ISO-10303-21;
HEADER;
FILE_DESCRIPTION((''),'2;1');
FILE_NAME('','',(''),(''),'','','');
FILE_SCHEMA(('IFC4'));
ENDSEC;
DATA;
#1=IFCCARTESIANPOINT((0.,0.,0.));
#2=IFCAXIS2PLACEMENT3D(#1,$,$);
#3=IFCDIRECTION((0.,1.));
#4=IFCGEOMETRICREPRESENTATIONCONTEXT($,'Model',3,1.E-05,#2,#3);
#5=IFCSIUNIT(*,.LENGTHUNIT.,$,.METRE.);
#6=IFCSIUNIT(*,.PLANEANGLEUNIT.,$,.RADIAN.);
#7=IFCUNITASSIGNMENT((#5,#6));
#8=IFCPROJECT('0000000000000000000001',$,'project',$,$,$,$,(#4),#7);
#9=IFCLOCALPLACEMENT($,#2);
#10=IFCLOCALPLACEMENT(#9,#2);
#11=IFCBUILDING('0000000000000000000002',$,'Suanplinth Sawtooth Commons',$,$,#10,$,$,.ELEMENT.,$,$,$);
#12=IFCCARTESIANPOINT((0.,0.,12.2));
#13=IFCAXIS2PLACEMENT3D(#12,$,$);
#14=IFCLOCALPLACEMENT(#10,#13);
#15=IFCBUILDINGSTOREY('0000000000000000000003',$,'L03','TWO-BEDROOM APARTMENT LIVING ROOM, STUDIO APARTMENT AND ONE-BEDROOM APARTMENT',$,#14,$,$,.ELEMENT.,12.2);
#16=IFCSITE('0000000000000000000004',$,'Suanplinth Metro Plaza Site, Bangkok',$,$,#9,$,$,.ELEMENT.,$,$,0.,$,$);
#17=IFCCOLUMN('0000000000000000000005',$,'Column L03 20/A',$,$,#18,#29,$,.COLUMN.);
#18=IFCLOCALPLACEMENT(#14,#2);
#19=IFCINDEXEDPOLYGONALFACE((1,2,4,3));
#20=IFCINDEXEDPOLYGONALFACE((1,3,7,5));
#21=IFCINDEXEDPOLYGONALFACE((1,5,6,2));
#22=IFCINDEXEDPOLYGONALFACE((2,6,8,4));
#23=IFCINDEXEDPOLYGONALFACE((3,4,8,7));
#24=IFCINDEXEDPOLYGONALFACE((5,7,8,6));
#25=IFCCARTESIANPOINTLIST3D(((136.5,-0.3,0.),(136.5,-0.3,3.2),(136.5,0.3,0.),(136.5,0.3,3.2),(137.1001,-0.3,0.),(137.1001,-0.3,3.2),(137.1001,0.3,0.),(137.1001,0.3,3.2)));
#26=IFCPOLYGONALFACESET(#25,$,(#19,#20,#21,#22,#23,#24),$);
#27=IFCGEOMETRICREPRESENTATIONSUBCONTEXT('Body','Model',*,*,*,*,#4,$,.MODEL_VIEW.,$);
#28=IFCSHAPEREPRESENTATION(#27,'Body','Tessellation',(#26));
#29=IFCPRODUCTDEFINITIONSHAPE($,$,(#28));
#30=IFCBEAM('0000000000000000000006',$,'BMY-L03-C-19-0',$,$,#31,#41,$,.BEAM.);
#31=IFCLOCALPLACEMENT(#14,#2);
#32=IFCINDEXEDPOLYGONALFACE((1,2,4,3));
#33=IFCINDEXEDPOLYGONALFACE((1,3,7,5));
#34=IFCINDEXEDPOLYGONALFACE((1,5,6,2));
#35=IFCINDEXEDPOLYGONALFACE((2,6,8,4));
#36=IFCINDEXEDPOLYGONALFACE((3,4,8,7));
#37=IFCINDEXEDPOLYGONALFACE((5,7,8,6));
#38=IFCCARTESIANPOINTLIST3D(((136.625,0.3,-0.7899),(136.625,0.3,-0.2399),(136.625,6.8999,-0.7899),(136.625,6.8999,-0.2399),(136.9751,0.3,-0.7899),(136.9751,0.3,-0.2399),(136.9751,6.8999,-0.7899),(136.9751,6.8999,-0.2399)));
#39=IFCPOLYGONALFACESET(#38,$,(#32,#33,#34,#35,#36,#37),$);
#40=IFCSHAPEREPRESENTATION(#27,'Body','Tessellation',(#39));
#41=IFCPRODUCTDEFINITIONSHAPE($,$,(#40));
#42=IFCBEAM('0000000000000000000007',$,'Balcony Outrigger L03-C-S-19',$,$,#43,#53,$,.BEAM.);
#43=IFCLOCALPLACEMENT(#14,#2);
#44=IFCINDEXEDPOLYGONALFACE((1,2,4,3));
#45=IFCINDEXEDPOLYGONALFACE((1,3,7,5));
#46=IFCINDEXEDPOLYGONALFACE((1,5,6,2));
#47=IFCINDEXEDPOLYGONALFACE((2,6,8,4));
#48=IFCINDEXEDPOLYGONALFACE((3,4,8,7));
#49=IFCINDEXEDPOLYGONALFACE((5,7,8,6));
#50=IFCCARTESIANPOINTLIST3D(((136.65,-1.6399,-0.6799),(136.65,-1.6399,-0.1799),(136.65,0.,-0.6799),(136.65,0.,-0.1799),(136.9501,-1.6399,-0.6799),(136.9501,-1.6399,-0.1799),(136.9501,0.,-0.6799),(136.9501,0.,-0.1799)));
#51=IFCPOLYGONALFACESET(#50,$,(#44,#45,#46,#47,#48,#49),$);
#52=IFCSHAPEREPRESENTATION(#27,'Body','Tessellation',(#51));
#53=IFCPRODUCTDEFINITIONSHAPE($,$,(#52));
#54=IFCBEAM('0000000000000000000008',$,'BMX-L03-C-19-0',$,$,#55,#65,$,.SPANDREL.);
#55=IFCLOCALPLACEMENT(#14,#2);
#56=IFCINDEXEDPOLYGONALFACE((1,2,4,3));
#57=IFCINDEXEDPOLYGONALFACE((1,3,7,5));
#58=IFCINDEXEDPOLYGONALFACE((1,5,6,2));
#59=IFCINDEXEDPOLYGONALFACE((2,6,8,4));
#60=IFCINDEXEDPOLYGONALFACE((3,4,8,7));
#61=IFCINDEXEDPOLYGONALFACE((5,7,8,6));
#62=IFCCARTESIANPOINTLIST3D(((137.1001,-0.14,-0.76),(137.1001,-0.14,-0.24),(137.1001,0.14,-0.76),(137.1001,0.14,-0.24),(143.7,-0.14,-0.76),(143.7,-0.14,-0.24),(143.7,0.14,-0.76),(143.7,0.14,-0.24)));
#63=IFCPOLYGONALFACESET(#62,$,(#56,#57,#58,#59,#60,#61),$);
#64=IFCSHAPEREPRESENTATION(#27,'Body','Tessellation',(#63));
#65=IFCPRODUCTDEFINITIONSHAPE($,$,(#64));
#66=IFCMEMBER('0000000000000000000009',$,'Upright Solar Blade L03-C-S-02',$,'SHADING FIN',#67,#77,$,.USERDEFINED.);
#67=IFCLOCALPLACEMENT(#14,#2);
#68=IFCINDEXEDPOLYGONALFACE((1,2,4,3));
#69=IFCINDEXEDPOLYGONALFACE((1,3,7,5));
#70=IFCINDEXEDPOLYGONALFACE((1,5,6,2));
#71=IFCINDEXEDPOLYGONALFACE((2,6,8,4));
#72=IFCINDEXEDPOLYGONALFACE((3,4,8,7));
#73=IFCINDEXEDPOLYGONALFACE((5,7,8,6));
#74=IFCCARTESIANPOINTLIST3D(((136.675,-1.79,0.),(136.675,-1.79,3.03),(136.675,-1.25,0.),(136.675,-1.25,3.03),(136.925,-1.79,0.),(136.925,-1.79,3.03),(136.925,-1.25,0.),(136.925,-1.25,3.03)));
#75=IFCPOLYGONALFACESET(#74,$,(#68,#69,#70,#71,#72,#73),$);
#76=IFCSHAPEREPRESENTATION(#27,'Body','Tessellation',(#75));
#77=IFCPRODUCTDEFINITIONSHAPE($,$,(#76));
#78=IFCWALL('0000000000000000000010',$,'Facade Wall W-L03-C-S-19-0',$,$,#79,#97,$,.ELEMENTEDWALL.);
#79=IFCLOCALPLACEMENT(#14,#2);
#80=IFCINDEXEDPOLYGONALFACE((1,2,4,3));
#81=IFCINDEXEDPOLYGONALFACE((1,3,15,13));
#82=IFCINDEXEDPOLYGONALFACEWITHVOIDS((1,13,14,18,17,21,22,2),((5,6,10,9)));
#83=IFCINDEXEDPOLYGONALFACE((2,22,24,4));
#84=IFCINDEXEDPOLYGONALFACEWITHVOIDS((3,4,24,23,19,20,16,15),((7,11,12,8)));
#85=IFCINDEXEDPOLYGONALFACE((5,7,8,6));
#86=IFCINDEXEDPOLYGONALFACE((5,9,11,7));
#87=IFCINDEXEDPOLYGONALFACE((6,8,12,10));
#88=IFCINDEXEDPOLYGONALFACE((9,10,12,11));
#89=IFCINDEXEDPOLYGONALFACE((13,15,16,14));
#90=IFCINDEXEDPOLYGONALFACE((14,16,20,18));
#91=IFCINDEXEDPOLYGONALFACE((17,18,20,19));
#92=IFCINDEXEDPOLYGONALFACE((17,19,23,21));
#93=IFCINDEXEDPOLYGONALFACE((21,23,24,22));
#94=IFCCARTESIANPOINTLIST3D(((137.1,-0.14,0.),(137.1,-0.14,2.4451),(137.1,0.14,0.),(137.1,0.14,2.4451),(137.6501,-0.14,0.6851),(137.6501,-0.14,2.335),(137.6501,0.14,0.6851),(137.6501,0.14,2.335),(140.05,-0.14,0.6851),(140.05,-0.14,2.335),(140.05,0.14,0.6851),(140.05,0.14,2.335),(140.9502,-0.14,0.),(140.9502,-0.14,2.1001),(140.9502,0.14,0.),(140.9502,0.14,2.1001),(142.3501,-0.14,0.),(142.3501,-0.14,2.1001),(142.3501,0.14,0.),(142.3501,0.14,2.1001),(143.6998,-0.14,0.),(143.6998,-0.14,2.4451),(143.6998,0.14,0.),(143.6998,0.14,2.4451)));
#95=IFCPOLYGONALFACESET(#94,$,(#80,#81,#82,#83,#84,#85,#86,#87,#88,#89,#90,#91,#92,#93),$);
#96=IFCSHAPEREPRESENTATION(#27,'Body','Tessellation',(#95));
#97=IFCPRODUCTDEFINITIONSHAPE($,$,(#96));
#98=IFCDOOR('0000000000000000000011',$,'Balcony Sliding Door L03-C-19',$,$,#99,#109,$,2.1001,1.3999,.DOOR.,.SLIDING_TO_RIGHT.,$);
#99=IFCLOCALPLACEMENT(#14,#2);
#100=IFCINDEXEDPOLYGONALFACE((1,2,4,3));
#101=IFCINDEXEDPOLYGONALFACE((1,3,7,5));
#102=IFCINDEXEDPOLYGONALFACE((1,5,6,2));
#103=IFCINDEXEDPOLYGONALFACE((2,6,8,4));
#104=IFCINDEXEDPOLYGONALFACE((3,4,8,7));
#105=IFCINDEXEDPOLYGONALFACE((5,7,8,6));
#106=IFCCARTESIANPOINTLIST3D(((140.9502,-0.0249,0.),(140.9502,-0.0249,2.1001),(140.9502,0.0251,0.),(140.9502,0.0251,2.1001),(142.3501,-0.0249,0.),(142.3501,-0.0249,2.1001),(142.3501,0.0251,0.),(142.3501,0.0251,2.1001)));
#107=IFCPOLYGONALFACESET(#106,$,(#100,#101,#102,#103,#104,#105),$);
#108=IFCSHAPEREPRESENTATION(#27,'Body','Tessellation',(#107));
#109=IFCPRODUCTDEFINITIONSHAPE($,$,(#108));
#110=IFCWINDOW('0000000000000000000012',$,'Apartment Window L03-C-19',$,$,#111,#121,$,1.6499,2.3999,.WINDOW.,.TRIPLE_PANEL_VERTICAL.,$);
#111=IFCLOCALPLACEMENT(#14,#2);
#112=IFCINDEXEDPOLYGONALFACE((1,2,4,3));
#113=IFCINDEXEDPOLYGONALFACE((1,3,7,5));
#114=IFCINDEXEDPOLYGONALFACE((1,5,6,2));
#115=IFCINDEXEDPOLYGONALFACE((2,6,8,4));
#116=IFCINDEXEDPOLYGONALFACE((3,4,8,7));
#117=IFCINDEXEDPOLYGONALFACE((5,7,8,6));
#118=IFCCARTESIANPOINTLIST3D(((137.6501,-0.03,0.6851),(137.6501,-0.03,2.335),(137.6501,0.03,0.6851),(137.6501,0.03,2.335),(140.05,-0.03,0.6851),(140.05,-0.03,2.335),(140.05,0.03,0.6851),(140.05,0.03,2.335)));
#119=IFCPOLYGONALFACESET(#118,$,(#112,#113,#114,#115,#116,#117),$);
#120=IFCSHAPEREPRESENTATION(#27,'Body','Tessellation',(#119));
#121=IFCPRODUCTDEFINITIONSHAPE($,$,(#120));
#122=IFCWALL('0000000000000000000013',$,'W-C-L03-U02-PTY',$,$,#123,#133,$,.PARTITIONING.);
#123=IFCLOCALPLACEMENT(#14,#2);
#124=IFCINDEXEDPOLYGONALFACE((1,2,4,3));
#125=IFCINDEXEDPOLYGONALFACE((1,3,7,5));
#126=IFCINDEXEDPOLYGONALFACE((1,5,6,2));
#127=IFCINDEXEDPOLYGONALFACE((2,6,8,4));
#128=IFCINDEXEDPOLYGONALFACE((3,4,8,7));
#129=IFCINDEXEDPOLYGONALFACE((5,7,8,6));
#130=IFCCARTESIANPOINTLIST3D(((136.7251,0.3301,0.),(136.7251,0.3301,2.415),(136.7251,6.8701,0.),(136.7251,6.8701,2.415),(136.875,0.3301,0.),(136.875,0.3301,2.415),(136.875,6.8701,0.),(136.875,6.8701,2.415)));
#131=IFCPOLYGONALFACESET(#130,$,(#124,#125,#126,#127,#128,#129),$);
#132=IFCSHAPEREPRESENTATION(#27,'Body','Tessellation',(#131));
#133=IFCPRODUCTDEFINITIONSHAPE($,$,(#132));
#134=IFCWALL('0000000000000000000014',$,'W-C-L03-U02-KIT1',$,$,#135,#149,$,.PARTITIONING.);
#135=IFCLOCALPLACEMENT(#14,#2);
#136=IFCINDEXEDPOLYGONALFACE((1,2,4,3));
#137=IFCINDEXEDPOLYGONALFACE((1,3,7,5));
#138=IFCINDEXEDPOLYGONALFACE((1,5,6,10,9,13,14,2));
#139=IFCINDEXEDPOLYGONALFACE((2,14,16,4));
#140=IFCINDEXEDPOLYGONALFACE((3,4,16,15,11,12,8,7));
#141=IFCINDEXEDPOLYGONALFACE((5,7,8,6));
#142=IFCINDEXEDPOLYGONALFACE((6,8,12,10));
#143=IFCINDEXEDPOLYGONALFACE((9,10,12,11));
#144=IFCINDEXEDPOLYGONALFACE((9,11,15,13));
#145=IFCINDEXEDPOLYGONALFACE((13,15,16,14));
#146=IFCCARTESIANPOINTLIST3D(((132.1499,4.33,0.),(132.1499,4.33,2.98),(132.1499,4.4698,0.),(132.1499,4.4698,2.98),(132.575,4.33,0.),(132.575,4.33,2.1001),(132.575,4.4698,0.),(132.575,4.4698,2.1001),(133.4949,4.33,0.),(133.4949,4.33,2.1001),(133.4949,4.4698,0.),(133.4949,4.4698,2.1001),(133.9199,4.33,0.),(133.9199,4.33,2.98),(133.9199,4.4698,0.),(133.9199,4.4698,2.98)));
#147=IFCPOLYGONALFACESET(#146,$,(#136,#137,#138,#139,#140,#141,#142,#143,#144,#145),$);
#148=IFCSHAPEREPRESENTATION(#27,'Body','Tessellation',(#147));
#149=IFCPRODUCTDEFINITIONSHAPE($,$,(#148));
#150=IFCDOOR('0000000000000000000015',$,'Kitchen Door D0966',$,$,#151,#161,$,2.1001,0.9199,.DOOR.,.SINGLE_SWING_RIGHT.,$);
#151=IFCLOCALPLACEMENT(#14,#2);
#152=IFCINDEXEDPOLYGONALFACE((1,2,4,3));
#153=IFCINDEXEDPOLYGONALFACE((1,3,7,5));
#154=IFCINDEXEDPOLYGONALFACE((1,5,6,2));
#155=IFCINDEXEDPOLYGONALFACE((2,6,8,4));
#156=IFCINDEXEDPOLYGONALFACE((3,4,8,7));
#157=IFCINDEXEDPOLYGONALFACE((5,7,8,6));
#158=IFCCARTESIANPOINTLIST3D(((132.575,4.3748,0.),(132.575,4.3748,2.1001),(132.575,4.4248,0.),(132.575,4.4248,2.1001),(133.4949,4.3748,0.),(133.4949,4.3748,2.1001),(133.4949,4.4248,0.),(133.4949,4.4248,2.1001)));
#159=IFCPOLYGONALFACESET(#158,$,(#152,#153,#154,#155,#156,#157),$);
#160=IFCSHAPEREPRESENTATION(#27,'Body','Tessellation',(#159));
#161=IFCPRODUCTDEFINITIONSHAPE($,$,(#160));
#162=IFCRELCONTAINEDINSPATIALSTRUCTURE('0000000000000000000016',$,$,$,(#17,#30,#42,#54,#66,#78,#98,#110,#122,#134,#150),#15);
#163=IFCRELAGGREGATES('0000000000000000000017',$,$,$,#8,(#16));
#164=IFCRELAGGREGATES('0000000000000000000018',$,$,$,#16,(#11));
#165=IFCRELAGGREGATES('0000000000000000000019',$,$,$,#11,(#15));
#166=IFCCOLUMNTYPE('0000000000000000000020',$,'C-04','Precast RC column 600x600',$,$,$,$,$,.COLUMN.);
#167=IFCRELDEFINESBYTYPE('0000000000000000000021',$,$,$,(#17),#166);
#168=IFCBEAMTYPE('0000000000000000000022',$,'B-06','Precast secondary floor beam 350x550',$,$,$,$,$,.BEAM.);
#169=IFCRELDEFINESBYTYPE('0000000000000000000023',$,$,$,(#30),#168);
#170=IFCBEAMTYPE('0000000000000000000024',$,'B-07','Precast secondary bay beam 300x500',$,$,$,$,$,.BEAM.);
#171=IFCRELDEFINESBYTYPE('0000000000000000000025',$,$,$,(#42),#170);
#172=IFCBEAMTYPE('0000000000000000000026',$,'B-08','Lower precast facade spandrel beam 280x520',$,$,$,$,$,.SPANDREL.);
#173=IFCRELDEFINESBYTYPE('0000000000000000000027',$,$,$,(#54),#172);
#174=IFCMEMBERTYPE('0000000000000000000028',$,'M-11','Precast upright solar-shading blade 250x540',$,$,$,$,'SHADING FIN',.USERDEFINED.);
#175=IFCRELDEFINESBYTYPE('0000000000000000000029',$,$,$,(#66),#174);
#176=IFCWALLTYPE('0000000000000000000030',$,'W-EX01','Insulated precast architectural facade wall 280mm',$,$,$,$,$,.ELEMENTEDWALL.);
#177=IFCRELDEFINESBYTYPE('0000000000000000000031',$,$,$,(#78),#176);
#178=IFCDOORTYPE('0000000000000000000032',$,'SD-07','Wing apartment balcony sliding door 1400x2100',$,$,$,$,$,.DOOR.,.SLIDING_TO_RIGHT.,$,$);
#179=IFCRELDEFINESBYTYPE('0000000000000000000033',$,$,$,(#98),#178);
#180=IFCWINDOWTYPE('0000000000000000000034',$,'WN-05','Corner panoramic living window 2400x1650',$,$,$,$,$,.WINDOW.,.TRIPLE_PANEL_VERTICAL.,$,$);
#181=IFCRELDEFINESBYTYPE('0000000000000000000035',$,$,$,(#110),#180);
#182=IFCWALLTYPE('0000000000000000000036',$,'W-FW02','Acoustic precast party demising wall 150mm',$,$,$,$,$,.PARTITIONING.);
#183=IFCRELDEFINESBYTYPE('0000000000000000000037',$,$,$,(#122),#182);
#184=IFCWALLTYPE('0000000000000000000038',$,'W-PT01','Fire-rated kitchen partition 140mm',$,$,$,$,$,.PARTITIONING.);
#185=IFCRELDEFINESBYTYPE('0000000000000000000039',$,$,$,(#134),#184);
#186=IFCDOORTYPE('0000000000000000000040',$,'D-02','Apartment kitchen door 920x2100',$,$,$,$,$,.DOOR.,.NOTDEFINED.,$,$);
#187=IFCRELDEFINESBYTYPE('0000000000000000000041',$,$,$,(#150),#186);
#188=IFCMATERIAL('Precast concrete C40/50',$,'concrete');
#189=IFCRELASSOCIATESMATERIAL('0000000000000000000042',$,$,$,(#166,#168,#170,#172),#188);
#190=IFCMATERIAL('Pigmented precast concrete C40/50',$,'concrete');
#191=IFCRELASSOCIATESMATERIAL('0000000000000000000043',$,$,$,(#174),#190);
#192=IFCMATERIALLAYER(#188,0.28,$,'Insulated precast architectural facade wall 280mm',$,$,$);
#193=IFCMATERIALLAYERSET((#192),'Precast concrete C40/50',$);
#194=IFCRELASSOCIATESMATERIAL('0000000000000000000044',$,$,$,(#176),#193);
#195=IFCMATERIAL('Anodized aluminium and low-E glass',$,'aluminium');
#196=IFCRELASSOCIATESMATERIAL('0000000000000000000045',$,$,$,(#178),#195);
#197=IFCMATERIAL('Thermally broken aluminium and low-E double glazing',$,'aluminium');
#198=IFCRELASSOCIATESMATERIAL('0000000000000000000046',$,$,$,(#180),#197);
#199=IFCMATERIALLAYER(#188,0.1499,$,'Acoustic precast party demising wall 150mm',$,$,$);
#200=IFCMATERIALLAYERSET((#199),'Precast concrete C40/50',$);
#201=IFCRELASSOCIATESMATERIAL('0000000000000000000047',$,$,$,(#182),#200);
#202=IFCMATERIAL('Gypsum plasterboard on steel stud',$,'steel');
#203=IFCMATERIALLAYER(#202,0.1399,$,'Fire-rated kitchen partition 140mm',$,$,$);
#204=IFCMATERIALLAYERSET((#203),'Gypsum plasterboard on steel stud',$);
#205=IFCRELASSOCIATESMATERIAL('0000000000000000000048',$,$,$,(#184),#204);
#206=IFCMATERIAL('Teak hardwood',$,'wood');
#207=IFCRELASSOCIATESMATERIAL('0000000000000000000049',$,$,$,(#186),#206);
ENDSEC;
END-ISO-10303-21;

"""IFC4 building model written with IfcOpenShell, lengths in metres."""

from ifc_helpers import new_model, si_unit, direction, frame, frame_2d, origin, origin_2d, place, context, subcontext, project, spatial, rectangle, extrude, material, layer, layer_set, material_profile, profile_set, type_object, element, fill, save


model = new_model("IFC4")

# Units and contexts
model_context = context("Model", 3, precision=1e-05, world=origin(), true_north=direction((0.0, 1.0)))
body_context = subcontext(model_context, "Body", "Model", "MODEL_VIEW")
ifc_project = project(units=[si_unit("LENGTHUNIT", "METRE"), si_unit("PLANEANGLEUNIT", "RADIAN")], contexts=[model_context])

# Site, building, storey
site_placement = place(None, origin())
site = spatial("IfcSite", under=ifc_project, at=site_placement, Name="Suanplinth Metro Plaza Site, Bangkok", CompositionType="ELEMENT", RefElevation=0.0)
building_placement = place(site_placement, origin())
building = spatial("IfcBuilding", under=site, at=building_placement, Name="Suanplinth Sawtooth Commons", CompositionType="ELEMENT")
storey_placement = place(building_placement, frame((0.0, 0.0, 12.2)))
storey = spatial("IfcBuildingStorey", under=building, at=storey_placement, Name="L03", Description="TWO-BEDROOM APARTMENT LIVING ROOM, STUDIO APARTMENT AND ONE-BEDROOM APARTMENT", CompositionType="ELEMENT", Elevation=12.2)

# Column
ifc_material_1 = material(Name="Precast concrete C40/50", Category="concrete")
ifc_material_profile_1 = material_profile(ifc_material_1, rectangle(XDim=0.6001, YDim=0.6001, at=origin_2d()), Name="PC-COL 600x600")
ifc_profile_set_1 = profile_set([ifc_material_profile_1], Name="Precast concrete C40/50")
column_type = type_object("IfcColumnType", Name="C-04", Description="Precast RC column 600x600", PredefinedType="COLUMN", material=ifc_profile_set_1)
column_placement = place(storey_placement, frame((136.8, 0.0, 0.0), z_axis=(0.0, 0.0, 1.0), x_axis=(1.0, 0.0, 0.0)))
element("IfcColumn", 1, at=column_placement, inside=storey, type_object=column_type, Name="Column L03 20/A", PredefinedType="COLUMN", context=body_context, shape_type="SweptSolid", body=[
    extrude(rectangle(XDim=0.6001, YDim=0.6001, at=origin_2d()), origin(), (0.0, 0.0, 1.0), 3.2),
])

# Beams
ifc_material_profile_2 = material_profile(ifc_material_1, rectangle(XDim=0.3501, YDim=0.55, at=origin_2d()), Name="PC-BM 350x550")
ifc_profile_set_2 = profile_set([ifc_material_profile_2], Name="Precast concrete C40/50")
beam_type_1 = type_object("IfcBeamType", Name="B-06", Description="Precast secondary floor beam 350x550", PredefinedType="BEAM", material=ifc_profile_set_2)
beam_1_placement = place(storey_placement, frame((136.8, 0.3, -0.5149), z_axis=(0.0, 1.0, 0.0), x_axis=(-1.0, 0.0, 0.0)))
element("IfcBeam", 2, at=beam_1_placement, inside=storey, type_object=beam_type_1, Name="BMY-L03-C-19-0", PredefinedType="BEAM", context=body_context, shape_type="SweptSolid", body=[
    extrude(rectangle(XDim=0.3501, YDim=0.55, at=origin_2d()), origin(), (0.0, 0.0, 1.0), 6.5999),
])
ifc_material_profile_3 = material_profile(ifc_material_1, rectangle(XDim=0.3, YDim=0.5, at=origin_2d()), Name="PC-BM 300x500")
ifc_profile_set_3 = profile_set([ifc_material_profile_3], Name="Precast concrete C40/50")
beam_type_2 = type_object("IfcBeamType", Name="B-07", Description="Precast secondary bay beam 300x500", PredefinedType="BEAM", material=ifc_profile_set_3)
beam_2_placement = place(storey_placement, frame((136.8, 0.0, -0.4299), z_axis=(0.0, -1.0, 0.0), x_axis=(1.0, 0.0, 0.0)))
element("IfcBeam", 3, at=beam_2_placement, inside=storey, type_object=beam_type_2, Name="Balcony Outrigger L03-C-S-19", PredefinedType="BEAM", context=body_context, shape_type="SweptSolid", body=[
    extrude(rectangle(XDim=0.3, YDim=0.5, at=origin_2d()), origin(), (0.0, 0.0, 1.0), 1.6399),
])
ifc_material_profile_4 = material_profile(ifc_material_1, rectangle(XDim=0.28, YDim=0.52, at=origin_2d()), Name="PC-SP 280x520")
ifc_profile_set_4 = profile_set([ifc_material_profile_4], Name="Precast concrete C40/50")
beam_type_3 = type_object("IfcBeamType", Name="B-08", Description="Lower precast facade spandrel beam 280x520", PredefinedType="SPANDREL", material=ifc_profile_set_4)
beam_3_placement = place(storey_placement, frame((137.1001, 0.0, -0.5), z_axis=(1.0, 0.0, 0.0), x_axis=(0.0, 1.0, 0.0)))
element("IfcBeam", 4, at=beam_3_placement, inside=storey, type_object=beam_type_3, Name="BMX-L03-C-19-0", PredefinedType="SPANDREL", context=body_context, shape_type="SweptSolid", body=[
    extrude(rectangle(XDim=0.28, YDim=0.52, at=origin_2d()), origin(), (0.0, 0.0, 1.0), 6.5999),
])

# Member
ifc_material_2 = material(Name="Pigmented precast concrete C40/50", Category="concrete")
ifc_material_profile_5 = material_profile(ifc_material_2, rectangle(XDim=0.25, YDim=0.54, at=origin_2d()), Name="PC-FIN 250x540")
ifc_profile_set_5 = profile_set([ifc_material_profile_5], Name="Pigmented precast concrete C40/50")
member_type = type_object("IfcMemberType", Name="M-11", Description="Precast upright solar-shading blade 250x540", ElementType="SHADING FIN", PredefinedType="USERDEFINED", material=ifc_profile_set_5)
member_placement = place(storey_placement, frame((136.8, -1.52, 0.0), z_axis=(0.0, 0.0, 1.0), x_axis=(1.0, 0.0, 0.0)))
element("IfcMember", 5, at=member_placement, inside=storey, type_object=member_type, Name="Upright Solar Blade L03-C-S-02", ObjectType="SHADING FIN", PredefinedType="USERDEFINED", context=body_context, shape_type="SweptSolid", body=[
    extrude(rectangle(XDim=0.25, YDim=0.54, at=origin_2d()), origin(), (0.0, 0.0, 1.0), 3.03),
])

# Wall, openings, door, window
ifc_layer_1 = layer(ifc_material_1, 0.28, Name="Insulated precast architectural facade wall 280mm")
ifc_layer_set_1 = layer_set([ifc_layer_1], Name="Precast concrete C40/50")
wall_type_1 = type_object("IfcWallType", Name="W-EX01", Description="Insulated precast architectural facade wall 280mm", PredefinedType="ELEMENTEDWALL", material=ifc_layer_set_1)
ifc_material_3 = material(Name="Anodized aluminium and low-E glass", Category="aluminium")
ifc_material_4 = material(Name="Thermally broken aluminium and low-E double glazing", Category="aluminium")
wall_1_placement = place(storey_placement, frame((137.1001, 0.0, 0.0), z_axis=(0.0, 0.0, 1.0), x_axis=(1.0, 0.0, 0.0)))
wall_1 = element("IfcWall", 6, at=wall_1_placement, inside=storey, type_object=wall_type_1, Name="Facade Wall W-L03-C-S-19-0", PredefinedType="ELEMENTEDWALL", context=body_context, shape_type="SweptSolid", body=[
    extrude(rectangle(XDim=6.5999, YDim=0.28, at=frame_2d((3.2998, 0.0))), origin(), (0.0, 0.0, 1.0), 2.4451),
])
opening_1_placement = place(wall_1_placement, frame((3.8501, 0.0, 0.0)))
opening_1 = element("IfcOpeningElement", 7, at=opening_1_placement, cuts=wall_1, PredefinedType="OPENING", context=body_context, shape_type="SweptSolid", body=[
    extrude(rectangle(XDim=1.3999, YDim=2.1001, at=frame_2d((0.7, 1.05))), frame((0.0, 0.1548, 0.0), z_axis=(0.0, -1.0, 0.0), x_axis=(1.0, 0.0, 0.0)), (0.0, 0.0, 1.0), 0.3098),
])
opening_2_placement = place(wall_1_placement, frame((0.55, 0.0, 0.6851)))
opening_2 = element("IfcOpeningElement", 8, at=opening_2_placement, cuts=wall_1, PredefinedType="OPENING", context=body_context, shape_type="SweptSolid", body=[
    extrude(rectangle(XDim=2.3999, YDim=1.6499, at=frame_2d((1.2, 0.825))), frame((0.0, 0.1548, 0.0), z_axis=(0.0, -1.0, 0.0), x_axis=(1.0, 0.0, 0.0)), (0.0, 0.0, 1.0), 0.3098),
])
door_type_1 = type_object("IfcDoorType", Name="SD-07", Description="Wing apartment balcony sliding door 1400x2100", OperationType="SLIDING_TO_RIGHT", PredefinedType="DOOR", material=ifc_material_3)
door_1_placement = place(opening_1_placement, frame((1.3999, 0.0, 0.0), z_axis=(0.0, 0.0, 1.0), x_axis=(-1.0, 0.0, 0.0)))
door_1 = element("IfcDoor", 9, at=door_1_placement, inside=storey, type_object=door_type_1, Name="Balcony Sliding Door L03-C-19", OperationType="SLIDING_TO_RIGHT", OverallHeight=2.1001, OverallWidth=1.3999, PredefinedType="DOOR", context=body_context, shape_type="SweptSolid", body=[
    extrude(rectangle(XDim=1.3999, YDim=2.1001, at=frame_2d((0.7, 1.05))), frame((0.0, 0.0249, 0.0), z_axis=(0.0, -1.0, 0.0), x_axis=(1.0, 0.0, 0.0)), (0.0, 0.0, 1.0), 0.05),
])
fill(opening_1, door_1)
window_type_1 = type_object("IfcWindowType", Name="WN-05", Description="Corner panoramic living window 2400x1650", PartitioningType="TRIPLE_PANEL_VERTICAL", PredefinedType="WINDOW", material=ifc_material_4)
window_1_placement = place(opening_2_placement, origin())
window_1 = element("IfcWindow", 10, at=window_1_placement, inside=storey, type_object=window_type_1, Name="Apartment Window L03-C-19", OverallHeight=1.6499, OverallWidth=2.3999, PartitioningType="TRIPLE_PANEL_VERTICAL", PredefinedType="WINDOW", context=body_context, shape_type="SweptSolid", body=[
    extrude(rectangle(XDim=2.3999, YDim=1.6499, at=frame_2d((1.2, 0.825))), frame((0.0, 0.03, 0.0), z_axis=(0.0, -1.0, 0.0), x_axis=(1.0, 0.0, 0.0)), (0.0, 0.0, 1.0), 0.0601),
])
fill(opening_2, window_1)

# Wall
ifc_layer_2 = layer(ifc_material_1, 0.1499, Name="Acoustic precast party demising wall 150mm")
ifc_layer_set_2 = layer_set([ifc_layer_2], Name="Precast concrete C40/50")
wall_type_2 = type_object("IfcWallType", Name="W-FW02", Description="Acoustic precast party demising wall 150mm", PredefinedType="PARTITIONING", material=ifc_layer_set_2)
wall_2_placement = place(storey_placement, frame((136.8, 0.3301, 0.0), z_axis=(0.0, 0.0, 1.0), x_axis=(0.0, 1.0, 0.0)))
element("IfcWall", 11, at=wall_2_placement, inside=storey, type_object=wall_type_2, Name="W-C-L03-U02-PTY", PredefinedType="PARTITIONING", context=body_context, shape_type="SweptSolid", body=[
    extrude(rectangle(XDim=6.54, YDim=0.1499, at=frame_2d((3.27, 0.0))), origin(), (0.0, 0.0, 1.0), 2.415),
])

# Wall, opening, door
ifc_material_5 = material(Name="Gypsum plasterboard on steel stud", Category="steel")
ifc_layer_3 = layer(ifc_material_5, 0.1399, Name="Fire-rated kitchen partition 140mm")
ifc_layer_set_3 = layer_set([ifc_layer_3], Name="Gypsum plasterboard on steel stud")
wall_type_3 = type_object("IfcWallType", Name="W-PT01", Description="Fire-rated kitchen partition 140mm", PredefinedType="PARTITIONING", material=ifc_layer_set_3)
wall_3_placement = place(storey_placement, frame((132.1499, 4.3999, 0.0), z_axis=(0.0, 0.0, 1.0), x_axis=(1.0, 0.0, 0.0)))
wall_3 = element("IfcWall", 12, at=wall_3_placement, inside=storey, type_object=wall_type_3, Name="W-C-L03-U02-KIT1", PredefinedType="PARTITIONING", context=body_context, shape_type="SweptSolid", body=[
    extrude(rectangle(XDim=1.77, YDim=0.1399, at=frame_2d((0.885, 0.0))), origin(), (0.0, 0.0, 1.0), 2.98),
])
opening_3_placement = place(wall_3_placement, frame((0.425, 0.0, 0.0)))
opening_3 = element("IfcOpeningElement", 13, at=opening_3_placement, cuts=wall_3, PredefinedType="OPENING", context=body_context, shape_type="SweptSolid", body=[
    extrude(rectangle(XDim=0.9199, YDim=2.1001, at=frame_2d((0.46, 1.05))), frame((0.0, 0.085, 0.0), z_axis=(0.0, -1.0, 0.0), x_axis=(1.0, 0.0, 0.0)), (0.0, 0.0, 1.0), 0.1697),
])
ifc_material_6 = material(Name="Teak hardwood", Category="wood")
door_type_2 = type_object("IfcDoorType", Name="D-02", Description="Apartment kitchen door 920x2100", OperationType="NOTDEFINED", PredefinedType="DOOR", material=ifc_material_6)
door_2_placement = place(opening_3_placement, origin())
door_2 = element("IfcDoor", 14, at=door_2_placement, inside=storey, type_object=door_type_2, Name="Kitchen Door D0966", OperationType="SINGLE_SWING_RIGHT", OverallHeight=2.1001, OverallWidth=0.9199, PredefinedType="DOOR", context=body_context, shape_type="SweptSolid", body=[
    extrude(rectangle(XDim=0.9199, YDim=2.1001, at=frame_2d((0.46, 1.05))), frame((0.0, 0.0249, 0.0), z_axis=(0.0, -1.0, 0.0), x_axis=(1.0, 0.0, 0.0)), (0.0, 0.0, 1.0), 0.05),
])
fill(opening_3, door_2)

save(model, "model.ifc")
